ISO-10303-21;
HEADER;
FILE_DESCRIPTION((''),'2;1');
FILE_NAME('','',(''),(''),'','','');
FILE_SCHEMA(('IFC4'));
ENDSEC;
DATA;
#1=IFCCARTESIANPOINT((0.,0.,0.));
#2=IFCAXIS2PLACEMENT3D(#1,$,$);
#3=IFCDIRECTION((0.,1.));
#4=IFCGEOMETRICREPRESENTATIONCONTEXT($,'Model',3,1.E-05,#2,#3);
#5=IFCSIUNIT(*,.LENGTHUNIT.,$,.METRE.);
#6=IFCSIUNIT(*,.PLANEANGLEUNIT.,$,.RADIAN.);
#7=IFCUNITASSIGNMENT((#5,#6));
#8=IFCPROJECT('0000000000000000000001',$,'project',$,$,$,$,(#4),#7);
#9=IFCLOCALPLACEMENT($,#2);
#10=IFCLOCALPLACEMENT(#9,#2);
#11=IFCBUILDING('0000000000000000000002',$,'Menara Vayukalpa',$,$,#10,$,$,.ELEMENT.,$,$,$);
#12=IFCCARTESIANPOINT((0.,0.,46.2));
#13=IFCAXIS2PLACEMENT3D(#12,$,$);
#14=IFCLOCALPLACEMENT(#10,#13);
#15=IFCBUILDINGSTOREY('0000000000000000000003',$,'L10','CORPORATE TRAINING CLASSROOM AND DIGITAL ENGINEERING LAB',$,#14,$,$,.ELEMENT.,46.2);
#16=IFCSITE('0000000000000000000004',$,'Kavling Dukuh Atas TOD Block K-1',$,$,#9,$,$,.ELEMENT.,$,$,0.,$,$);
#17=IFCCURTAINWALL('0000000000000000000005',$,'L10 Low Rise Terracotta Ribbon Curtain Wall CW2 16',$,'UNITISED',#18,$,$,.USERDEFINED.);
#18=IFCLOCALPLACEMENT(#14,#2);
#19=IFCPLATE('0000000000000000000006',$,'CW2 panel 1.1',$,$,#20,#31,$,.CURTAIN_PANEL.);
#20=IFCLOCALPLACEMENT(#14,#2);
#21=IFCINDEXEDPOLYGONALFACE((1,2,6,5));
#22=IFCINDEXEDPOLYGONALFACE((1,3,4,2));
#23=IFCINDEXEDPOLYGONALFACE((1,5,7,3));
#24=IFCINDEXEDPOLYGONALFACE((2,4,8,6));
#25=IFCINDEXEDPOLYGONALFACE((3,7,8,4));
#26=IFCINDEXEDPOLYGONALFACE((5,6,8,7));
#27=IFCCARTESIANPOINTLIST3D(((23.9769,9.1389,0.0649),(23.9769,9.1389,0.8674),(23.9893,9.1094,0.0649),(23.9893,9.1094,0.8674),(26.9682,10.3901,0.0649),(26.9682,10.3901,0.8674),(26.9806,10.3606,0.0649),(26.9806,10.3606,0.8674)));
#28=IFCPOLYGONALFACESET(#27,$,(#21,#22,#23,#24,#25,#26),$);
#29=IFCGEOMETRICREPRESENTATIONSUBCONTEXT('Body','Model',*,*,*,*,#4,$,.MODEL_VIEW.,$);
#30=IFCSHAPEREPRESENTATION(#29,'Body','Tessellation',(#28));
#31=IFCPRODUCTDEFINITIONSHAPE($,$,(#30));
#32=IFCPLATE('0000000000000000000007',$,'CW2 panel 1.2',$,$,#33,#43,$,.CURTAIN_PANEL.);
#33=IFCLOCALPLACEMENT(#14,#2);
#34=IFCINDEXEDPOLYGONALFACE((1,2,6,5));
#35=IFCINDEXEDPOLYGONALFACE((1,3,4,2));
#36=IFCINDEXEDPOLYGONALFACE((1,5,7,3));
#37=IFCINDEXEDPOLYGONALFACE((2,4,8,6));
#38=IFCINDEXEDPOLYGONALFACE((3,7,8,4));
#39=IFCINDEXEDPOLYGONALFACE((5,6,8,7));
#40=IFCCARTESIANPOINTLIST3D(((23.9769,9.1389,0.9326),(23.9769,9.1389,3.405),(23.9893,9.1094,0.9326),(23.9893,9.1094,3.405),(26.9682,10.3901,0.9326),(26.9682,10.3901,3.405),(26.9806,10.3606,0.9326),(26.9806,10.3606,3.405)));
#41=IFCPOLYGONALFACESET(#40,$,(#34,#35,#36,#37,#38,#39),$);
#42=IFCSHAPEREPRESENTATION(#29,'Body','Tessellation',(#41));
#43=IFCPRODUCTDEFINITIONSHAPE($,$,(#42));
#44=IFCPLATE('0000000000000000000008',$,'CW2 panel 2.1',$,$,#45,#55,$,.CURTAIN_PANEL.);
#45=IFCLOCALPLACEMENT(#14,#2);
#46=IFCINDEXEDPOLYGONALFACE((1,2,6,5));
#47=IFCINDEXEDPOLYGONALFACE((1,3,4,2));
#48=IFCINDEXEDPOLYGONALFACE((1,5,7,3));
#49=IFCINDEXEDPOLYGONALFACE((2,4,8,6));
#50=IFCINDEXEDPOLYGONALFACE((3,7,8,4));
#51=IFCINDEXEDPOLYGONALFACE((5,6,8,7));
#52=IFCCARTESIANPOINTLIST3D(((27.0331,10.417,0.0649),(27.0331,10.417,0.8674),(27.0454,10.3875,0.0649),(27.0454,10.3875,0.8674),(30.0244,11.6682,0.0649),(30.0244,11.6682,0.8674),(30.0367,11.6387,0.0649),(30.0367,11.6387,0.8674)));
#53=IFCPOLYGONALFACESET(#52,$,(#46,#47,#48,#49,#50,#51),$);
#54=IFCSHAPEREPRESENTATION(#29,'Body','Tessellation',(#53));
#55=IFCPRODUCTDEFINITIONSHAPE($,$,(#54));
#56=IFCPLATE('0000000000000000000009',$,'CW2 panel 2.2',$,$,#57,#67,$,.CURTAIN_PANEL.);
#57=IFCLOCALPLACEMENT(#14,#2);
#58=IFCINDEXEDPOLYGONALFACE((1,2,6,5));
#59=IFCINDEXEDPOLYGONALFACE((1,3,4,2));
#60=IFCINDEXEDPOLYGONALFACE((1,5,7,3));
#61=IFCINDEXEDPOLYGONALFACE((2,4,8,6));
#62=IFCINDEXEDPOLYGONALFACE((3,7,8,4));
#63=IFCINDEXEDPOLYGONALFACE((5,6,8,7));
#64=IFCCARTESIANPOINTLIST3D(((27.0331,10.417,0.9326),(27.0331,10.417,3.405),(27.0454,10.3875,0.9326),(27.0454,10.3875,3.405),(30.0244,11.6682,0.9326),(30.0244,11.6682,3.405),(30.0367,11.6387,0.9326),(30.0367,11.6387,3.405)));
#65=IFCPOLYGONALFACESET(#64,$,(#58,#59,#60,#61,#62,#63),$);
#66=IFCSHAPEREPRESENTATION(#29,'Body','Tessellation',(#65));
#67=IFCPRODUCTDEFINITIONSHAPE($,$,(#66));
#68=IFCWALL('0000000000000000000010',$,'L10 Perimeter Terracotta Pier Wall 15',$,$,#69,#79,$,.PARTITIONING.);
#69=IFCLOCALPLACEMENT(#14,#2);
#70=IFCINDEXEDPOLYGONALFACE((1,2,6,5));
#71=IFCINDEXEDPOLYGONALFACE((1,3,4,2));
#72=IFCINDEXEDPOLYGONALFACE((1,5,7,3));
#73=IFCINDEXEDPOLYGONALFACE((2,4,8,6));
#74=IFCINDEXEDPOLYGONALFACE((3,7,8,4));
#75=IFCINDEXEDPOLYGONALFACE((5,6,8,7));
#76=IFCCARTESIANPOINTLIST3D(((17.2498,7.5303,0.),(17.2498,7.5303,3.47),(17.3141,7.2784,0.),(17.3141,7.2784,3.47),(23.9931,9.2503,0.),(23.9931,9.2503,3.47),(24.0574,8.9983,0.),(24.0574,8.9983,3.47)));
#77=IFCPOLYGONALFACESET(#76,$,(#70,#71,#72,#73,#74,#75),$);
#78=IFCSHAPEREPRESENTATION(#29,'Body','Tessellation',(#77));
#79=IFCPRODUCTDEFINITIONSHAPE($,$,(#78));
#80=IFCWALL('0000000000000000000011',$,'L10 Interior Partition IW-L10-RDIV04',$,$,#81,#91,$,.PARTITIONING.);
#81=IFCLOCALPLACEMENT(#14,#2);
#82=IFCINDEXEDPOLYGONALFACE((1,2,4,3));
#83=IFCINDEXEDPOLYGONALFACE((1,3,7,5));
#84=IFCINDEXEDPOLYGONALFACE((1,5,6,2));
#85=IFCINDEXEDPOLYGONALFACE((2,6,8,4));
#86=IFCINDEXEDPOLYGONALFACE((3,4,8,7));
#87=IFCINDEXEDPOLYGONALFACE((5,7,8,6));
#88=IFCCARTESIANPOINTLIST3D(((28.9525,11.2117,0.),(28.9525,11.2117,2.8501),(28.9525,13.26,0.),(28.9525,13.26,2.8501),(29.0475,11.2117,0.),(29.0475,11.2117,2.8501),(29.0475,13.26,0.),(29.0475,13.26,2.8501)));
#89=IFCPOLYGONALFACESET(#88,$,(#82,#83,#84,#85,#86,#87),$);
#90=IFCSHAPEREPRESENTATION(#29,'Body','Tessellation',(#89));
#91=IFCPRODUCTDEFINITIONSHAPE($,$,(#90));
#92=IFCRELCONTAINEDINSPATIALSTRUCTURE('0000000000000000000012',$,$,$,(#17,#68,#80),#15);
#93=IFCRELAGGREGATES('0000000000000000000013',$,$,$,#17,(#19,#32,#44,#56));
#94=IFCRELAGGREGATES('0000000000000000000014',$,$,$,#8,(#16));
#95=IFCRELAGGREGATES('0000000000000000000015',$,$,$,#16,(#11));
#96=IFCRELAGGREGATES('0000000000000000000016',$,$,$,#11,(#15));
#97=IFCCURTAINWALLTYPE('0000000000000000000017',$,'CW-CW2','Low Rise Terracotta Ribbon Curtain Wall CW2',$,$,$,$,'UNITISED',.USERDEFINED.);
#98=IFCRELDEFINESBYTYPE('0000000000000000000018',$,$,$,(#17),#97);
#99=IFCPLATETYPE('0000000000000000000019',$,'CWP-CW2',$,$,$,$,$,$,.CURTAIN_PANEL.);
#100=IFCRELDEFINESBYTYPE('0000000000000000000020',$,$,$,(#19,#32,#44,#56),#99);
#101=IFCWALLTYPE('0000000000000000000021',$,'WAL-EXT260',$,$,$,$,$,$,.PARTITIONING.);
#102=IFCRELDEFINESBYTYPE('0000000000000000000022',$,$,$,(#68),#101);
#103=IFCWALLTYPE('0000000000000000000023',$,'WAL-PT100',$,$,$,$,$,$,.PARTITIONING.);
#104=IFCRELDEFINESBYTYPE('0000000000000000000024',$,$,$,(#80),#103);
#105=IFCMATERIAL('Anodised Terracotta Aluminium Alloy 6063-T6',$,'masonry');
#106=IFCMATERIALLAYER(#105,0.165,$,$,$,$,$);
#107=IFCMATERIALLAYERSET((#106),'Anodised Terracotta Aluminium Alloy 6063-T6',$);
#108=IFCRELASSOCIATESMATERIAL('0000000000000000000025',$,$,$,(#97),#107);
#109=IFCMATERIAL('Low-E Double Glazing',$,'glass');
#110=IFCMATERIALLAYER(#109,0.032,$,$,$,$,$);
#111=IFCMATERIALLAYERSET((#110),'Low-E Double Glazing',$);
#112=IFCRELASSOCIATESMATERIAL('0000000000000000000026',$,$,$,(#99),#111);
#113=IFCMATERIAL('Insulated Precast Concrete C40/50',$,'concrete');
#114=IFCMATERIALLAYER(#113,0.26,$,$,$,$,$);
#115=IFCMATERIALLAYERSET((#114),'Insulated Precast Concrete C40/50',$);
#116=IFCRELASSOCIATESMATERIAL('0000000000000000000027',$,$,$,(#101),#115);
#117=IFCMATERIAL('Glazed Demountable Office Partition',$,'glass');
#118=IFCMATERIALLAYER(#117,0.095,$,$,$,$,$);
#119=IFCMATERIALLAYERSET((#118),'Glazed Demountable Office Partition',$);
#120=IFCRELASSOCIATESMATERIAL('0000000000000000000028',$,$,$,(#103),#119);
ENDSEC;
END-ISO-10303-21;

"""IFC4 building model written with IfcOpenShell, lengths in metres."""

from ifc_helpers import new_model, si_unit, direction, frame, frame_2d, origin, origin_2d, place, context, subcontext, project, spatial, rectangle, extrude, material, layer, layer_set, type_object, element, aggregate, save


model = new_model("IFC4")

# Units and contexts
model_context = context("Model", 3, precision=1e-05, world=origin(), true_north=direction((0.0, 1.0)))
body_context = subcontext(model_context, "Body", "Model", "MODEL_VIEW")
ifc_project = project(units=[si_unit("LENGTHUNIT", "METRE"), si_unit("PLANEANGLEUNIT", "RADIAN")], contexts=[model_context])

# Site, building, storey
site_placement = place(None, origin())
site = spatial("IfcSite", under=ifc_project, at=site_placement, Name="Kavling Dukuh Atas TOD Block K-1", CompositionType="ELEMENT", RefElevation=0.0)
building_placement = place(site_placement, origin())
building = spatial("IfcBuilding", under=site, at=building_placement, Name="Menara Vayukalpa", CompositionType="ELEMENT")
storey_placement = place(building_placement, frame((0.0, 0.0, 46.2)))
storey = spatial("IfcBuildingStorey", under=building, at=storey_placement, Name="L10", Description="CORPORATE TRAINING CLASSROOM AND DIGITAL ENGINEERING LAB", CompositionType="ELEMENT", Elevation=46.2)

# Curtain wall
ifc_material_1 = material(Name="Anodised Terracotta Aluminium Alloy 6063-T6", Category="masonry")
ifc_layer_1 = layer(ifc_material_1, 0.165)
ifc_layer_set_1 = layer_set([ifc_layer_1], Name="Anodised Terracotta Aluminium Alloy 6063-T6")
curtain_wall_type = type_object("IfcCurtainWallType", Name="CW-CW2", Description="Low Rise Terracotta Ribbon Curtain Wall CW2", ElementType="UNITISED", PredefinedType="USERDEFINED", material=ifc_layer_set_1)
curtain_wall_1_placement = place(storey_placement, origin())
curtain_wall_1 = element("IfcCurtainWall", 1, at=curtain_wall_1_placement, inside=storey, type_object=curtain_wall_type, Name="L10 Low Rise Terracotta Ribbon Curtain Wall CW2 16", ObjectType="UNITISED", PredefinedType="USERDEFINED")

# Plates
ifc_material_2 = material(Name="Low-E Double Glazing", Category="glass")
ifc_layer_2 = layer(ifc_material_2, 0.032)
ifc_layer_set_2 = layer_set([ifc_layer_2], Name="Low-E Double Glazing")
plate_type = type_object("IfcPlateType", Name="CWP-CW2", PredefinedType="CURTAIN_PANEL", material=ifc_layer_set_2)
plate_1_placement = place(storey_placement, frame((25.4788, 9.7498, 0.0649), z_axis=(0.0, 0.0, 1.0), x_axis=(0.922543, 0.385895, 0.0)))
plate_1 = element("IfcPlate", 2, at=plate_1_placement, type_object=plate_type, Name="CW2 panel 1.1", PredefinedType="CURTAIN_PANEL", context=body_context, shape_type="SweptSolid", body=[
    extrude(rectangle(XDim=3.2424, YDim=0.032, at=origin_2d()), origin(), (0.0, 0.0, 1.0), 0.8025),
])
plate_2_placement = place(storey_placement, frame((25.4788, 9.7498, 0.9326), z_axis=(0.0, 0.0, 1.0), x_axis=(0.922543, 0.385895, 0.0)))
plate_2 = element("IfcPlate", 3, at=plate_2_placement, type_object=plate_type, Name="CW2 panel 1.2", PredefinedType="CURTAIN_PANEL", context=body_context, shape_type="SweptSolid", body=[
    extrude(rectangle(XDim=3.2424, YDim=0.032, at=origin_2d()), origin(), (0.0, 0.0, 1.0), 2.4724),
])
plate_3_placement = place(storey_placement, frame((28.5349, 11.0278, 0.0649), z_axis=(0.0, 0.0, 1.0), x_axis=(0.922543, 0.385895, 0.0)))
plate_3 = element("IfcPlate", 4, at=plate_3_placement, type_object=plate_type, Name="CW2 panel 2.1", PredefinedType="CURTAIN_PANEL", context=body_context, shape_type="SweptSolid", body=[
    extrude(rectangle(XDim=3.2424, YDim=0.032, at=origin_2d()), origin(), (0.0, 0.0, 1.0), 0.8025),
])
plate_4_placement = place(storey_placement, frame((28.5349, 11.0278, 0.9326), z_axis=(0.0, 0.0, 1.0), x_axis=(0.922543, 0.385895, 0.0)))
plate_4 = element("IfcPlate", 5, at=plate_4_placement, type_object=plate_type, Name="CW2 panel 2.2", PredefinedType="CURTAIN_PANEL", context=body_context, shape_type="SweptSolid", body=[
    extrude(rectangle(XDim=3.2424, YDim=0.032, at=origin_2d()), origin(), (0.0, 0.0, 1.0), 2.4724),
])
aggregate(curtain_wall_1, [plate_1, plate_2, plate_3, plate_4])

# Walls
ifc_material_3 = material(Name="Insulated Precast Concrete C40/50", Category="concrete")
ifc_layer_3 = layer(ifc_material_3, 0.26)
ifc_layer_set_3 = layer_set([ifc_layer_3], Name="Insulated Precast Concrete C40/50")
wall_type_1 = type_object("IfcWallType", Name="WAL-EXT260", PredefinedType="PARTITIONING", material=ifc_layer_set_3)
wall_1_placement = place(storey_placement, frame((24.0251, 9.1243, 0.0), z_axis=(0.0, 0.0, 1.0), x_axis=(-0.968978, -0.247147, 0.0)))
element("IfcWall", 6, at=wall_1_placement, inside=storey, type_object=wall_type_1, Name="L10 Perimeter Terracotta Pier Wall 15", PredefinedType="PARTITIONING", context=body_context, shape_type="SweptSolid", body=[
    extrude(rectangle(XDim=6.9592, YDim=0.26, at=frame_2d((3.4795, 0.0))), origin(), (0.0, 0.0, 1.0), 3.47),
])
ifc_material_4 = material(Name="Glazed Demountable Office Partition", Category="glass")
ifc_layer_4 = layer(ifc_material_4, 0.095)
ifc_layer_set_4 = layer_set([ifc_layer_4], Name="Glazed Demountable Office Partition")
wall_type_2 = type_object("IfcWallType", Name="WAL-PT100", PredefinedType="PARTITIONING", material=ifc_layer_set_4)
wall_2_placement = place(storey_placement, frame((29.0, 11.2117, 0.0), z_axis=(0.0, 0.0, 1.0), x_axis=(0.0, 1.0, 0.0)))
element("IfcWall", 7, at=wall_2_placement, inside=storey, type_object=wall_type_2, Name="L10 Interior Partition IW-L10-RDIV04", PredefinedType="PARTITIONING", context=body_context, shape_type="SweptSolid", body=[
    extrude(rectangle(XDim=2.0483, YDim=0.095, at=frame_2d((1.0242, 0.0))), origin(), (0.0, 0.0, 1.0), 2.8501),
])

save(model, "model.ifc")
